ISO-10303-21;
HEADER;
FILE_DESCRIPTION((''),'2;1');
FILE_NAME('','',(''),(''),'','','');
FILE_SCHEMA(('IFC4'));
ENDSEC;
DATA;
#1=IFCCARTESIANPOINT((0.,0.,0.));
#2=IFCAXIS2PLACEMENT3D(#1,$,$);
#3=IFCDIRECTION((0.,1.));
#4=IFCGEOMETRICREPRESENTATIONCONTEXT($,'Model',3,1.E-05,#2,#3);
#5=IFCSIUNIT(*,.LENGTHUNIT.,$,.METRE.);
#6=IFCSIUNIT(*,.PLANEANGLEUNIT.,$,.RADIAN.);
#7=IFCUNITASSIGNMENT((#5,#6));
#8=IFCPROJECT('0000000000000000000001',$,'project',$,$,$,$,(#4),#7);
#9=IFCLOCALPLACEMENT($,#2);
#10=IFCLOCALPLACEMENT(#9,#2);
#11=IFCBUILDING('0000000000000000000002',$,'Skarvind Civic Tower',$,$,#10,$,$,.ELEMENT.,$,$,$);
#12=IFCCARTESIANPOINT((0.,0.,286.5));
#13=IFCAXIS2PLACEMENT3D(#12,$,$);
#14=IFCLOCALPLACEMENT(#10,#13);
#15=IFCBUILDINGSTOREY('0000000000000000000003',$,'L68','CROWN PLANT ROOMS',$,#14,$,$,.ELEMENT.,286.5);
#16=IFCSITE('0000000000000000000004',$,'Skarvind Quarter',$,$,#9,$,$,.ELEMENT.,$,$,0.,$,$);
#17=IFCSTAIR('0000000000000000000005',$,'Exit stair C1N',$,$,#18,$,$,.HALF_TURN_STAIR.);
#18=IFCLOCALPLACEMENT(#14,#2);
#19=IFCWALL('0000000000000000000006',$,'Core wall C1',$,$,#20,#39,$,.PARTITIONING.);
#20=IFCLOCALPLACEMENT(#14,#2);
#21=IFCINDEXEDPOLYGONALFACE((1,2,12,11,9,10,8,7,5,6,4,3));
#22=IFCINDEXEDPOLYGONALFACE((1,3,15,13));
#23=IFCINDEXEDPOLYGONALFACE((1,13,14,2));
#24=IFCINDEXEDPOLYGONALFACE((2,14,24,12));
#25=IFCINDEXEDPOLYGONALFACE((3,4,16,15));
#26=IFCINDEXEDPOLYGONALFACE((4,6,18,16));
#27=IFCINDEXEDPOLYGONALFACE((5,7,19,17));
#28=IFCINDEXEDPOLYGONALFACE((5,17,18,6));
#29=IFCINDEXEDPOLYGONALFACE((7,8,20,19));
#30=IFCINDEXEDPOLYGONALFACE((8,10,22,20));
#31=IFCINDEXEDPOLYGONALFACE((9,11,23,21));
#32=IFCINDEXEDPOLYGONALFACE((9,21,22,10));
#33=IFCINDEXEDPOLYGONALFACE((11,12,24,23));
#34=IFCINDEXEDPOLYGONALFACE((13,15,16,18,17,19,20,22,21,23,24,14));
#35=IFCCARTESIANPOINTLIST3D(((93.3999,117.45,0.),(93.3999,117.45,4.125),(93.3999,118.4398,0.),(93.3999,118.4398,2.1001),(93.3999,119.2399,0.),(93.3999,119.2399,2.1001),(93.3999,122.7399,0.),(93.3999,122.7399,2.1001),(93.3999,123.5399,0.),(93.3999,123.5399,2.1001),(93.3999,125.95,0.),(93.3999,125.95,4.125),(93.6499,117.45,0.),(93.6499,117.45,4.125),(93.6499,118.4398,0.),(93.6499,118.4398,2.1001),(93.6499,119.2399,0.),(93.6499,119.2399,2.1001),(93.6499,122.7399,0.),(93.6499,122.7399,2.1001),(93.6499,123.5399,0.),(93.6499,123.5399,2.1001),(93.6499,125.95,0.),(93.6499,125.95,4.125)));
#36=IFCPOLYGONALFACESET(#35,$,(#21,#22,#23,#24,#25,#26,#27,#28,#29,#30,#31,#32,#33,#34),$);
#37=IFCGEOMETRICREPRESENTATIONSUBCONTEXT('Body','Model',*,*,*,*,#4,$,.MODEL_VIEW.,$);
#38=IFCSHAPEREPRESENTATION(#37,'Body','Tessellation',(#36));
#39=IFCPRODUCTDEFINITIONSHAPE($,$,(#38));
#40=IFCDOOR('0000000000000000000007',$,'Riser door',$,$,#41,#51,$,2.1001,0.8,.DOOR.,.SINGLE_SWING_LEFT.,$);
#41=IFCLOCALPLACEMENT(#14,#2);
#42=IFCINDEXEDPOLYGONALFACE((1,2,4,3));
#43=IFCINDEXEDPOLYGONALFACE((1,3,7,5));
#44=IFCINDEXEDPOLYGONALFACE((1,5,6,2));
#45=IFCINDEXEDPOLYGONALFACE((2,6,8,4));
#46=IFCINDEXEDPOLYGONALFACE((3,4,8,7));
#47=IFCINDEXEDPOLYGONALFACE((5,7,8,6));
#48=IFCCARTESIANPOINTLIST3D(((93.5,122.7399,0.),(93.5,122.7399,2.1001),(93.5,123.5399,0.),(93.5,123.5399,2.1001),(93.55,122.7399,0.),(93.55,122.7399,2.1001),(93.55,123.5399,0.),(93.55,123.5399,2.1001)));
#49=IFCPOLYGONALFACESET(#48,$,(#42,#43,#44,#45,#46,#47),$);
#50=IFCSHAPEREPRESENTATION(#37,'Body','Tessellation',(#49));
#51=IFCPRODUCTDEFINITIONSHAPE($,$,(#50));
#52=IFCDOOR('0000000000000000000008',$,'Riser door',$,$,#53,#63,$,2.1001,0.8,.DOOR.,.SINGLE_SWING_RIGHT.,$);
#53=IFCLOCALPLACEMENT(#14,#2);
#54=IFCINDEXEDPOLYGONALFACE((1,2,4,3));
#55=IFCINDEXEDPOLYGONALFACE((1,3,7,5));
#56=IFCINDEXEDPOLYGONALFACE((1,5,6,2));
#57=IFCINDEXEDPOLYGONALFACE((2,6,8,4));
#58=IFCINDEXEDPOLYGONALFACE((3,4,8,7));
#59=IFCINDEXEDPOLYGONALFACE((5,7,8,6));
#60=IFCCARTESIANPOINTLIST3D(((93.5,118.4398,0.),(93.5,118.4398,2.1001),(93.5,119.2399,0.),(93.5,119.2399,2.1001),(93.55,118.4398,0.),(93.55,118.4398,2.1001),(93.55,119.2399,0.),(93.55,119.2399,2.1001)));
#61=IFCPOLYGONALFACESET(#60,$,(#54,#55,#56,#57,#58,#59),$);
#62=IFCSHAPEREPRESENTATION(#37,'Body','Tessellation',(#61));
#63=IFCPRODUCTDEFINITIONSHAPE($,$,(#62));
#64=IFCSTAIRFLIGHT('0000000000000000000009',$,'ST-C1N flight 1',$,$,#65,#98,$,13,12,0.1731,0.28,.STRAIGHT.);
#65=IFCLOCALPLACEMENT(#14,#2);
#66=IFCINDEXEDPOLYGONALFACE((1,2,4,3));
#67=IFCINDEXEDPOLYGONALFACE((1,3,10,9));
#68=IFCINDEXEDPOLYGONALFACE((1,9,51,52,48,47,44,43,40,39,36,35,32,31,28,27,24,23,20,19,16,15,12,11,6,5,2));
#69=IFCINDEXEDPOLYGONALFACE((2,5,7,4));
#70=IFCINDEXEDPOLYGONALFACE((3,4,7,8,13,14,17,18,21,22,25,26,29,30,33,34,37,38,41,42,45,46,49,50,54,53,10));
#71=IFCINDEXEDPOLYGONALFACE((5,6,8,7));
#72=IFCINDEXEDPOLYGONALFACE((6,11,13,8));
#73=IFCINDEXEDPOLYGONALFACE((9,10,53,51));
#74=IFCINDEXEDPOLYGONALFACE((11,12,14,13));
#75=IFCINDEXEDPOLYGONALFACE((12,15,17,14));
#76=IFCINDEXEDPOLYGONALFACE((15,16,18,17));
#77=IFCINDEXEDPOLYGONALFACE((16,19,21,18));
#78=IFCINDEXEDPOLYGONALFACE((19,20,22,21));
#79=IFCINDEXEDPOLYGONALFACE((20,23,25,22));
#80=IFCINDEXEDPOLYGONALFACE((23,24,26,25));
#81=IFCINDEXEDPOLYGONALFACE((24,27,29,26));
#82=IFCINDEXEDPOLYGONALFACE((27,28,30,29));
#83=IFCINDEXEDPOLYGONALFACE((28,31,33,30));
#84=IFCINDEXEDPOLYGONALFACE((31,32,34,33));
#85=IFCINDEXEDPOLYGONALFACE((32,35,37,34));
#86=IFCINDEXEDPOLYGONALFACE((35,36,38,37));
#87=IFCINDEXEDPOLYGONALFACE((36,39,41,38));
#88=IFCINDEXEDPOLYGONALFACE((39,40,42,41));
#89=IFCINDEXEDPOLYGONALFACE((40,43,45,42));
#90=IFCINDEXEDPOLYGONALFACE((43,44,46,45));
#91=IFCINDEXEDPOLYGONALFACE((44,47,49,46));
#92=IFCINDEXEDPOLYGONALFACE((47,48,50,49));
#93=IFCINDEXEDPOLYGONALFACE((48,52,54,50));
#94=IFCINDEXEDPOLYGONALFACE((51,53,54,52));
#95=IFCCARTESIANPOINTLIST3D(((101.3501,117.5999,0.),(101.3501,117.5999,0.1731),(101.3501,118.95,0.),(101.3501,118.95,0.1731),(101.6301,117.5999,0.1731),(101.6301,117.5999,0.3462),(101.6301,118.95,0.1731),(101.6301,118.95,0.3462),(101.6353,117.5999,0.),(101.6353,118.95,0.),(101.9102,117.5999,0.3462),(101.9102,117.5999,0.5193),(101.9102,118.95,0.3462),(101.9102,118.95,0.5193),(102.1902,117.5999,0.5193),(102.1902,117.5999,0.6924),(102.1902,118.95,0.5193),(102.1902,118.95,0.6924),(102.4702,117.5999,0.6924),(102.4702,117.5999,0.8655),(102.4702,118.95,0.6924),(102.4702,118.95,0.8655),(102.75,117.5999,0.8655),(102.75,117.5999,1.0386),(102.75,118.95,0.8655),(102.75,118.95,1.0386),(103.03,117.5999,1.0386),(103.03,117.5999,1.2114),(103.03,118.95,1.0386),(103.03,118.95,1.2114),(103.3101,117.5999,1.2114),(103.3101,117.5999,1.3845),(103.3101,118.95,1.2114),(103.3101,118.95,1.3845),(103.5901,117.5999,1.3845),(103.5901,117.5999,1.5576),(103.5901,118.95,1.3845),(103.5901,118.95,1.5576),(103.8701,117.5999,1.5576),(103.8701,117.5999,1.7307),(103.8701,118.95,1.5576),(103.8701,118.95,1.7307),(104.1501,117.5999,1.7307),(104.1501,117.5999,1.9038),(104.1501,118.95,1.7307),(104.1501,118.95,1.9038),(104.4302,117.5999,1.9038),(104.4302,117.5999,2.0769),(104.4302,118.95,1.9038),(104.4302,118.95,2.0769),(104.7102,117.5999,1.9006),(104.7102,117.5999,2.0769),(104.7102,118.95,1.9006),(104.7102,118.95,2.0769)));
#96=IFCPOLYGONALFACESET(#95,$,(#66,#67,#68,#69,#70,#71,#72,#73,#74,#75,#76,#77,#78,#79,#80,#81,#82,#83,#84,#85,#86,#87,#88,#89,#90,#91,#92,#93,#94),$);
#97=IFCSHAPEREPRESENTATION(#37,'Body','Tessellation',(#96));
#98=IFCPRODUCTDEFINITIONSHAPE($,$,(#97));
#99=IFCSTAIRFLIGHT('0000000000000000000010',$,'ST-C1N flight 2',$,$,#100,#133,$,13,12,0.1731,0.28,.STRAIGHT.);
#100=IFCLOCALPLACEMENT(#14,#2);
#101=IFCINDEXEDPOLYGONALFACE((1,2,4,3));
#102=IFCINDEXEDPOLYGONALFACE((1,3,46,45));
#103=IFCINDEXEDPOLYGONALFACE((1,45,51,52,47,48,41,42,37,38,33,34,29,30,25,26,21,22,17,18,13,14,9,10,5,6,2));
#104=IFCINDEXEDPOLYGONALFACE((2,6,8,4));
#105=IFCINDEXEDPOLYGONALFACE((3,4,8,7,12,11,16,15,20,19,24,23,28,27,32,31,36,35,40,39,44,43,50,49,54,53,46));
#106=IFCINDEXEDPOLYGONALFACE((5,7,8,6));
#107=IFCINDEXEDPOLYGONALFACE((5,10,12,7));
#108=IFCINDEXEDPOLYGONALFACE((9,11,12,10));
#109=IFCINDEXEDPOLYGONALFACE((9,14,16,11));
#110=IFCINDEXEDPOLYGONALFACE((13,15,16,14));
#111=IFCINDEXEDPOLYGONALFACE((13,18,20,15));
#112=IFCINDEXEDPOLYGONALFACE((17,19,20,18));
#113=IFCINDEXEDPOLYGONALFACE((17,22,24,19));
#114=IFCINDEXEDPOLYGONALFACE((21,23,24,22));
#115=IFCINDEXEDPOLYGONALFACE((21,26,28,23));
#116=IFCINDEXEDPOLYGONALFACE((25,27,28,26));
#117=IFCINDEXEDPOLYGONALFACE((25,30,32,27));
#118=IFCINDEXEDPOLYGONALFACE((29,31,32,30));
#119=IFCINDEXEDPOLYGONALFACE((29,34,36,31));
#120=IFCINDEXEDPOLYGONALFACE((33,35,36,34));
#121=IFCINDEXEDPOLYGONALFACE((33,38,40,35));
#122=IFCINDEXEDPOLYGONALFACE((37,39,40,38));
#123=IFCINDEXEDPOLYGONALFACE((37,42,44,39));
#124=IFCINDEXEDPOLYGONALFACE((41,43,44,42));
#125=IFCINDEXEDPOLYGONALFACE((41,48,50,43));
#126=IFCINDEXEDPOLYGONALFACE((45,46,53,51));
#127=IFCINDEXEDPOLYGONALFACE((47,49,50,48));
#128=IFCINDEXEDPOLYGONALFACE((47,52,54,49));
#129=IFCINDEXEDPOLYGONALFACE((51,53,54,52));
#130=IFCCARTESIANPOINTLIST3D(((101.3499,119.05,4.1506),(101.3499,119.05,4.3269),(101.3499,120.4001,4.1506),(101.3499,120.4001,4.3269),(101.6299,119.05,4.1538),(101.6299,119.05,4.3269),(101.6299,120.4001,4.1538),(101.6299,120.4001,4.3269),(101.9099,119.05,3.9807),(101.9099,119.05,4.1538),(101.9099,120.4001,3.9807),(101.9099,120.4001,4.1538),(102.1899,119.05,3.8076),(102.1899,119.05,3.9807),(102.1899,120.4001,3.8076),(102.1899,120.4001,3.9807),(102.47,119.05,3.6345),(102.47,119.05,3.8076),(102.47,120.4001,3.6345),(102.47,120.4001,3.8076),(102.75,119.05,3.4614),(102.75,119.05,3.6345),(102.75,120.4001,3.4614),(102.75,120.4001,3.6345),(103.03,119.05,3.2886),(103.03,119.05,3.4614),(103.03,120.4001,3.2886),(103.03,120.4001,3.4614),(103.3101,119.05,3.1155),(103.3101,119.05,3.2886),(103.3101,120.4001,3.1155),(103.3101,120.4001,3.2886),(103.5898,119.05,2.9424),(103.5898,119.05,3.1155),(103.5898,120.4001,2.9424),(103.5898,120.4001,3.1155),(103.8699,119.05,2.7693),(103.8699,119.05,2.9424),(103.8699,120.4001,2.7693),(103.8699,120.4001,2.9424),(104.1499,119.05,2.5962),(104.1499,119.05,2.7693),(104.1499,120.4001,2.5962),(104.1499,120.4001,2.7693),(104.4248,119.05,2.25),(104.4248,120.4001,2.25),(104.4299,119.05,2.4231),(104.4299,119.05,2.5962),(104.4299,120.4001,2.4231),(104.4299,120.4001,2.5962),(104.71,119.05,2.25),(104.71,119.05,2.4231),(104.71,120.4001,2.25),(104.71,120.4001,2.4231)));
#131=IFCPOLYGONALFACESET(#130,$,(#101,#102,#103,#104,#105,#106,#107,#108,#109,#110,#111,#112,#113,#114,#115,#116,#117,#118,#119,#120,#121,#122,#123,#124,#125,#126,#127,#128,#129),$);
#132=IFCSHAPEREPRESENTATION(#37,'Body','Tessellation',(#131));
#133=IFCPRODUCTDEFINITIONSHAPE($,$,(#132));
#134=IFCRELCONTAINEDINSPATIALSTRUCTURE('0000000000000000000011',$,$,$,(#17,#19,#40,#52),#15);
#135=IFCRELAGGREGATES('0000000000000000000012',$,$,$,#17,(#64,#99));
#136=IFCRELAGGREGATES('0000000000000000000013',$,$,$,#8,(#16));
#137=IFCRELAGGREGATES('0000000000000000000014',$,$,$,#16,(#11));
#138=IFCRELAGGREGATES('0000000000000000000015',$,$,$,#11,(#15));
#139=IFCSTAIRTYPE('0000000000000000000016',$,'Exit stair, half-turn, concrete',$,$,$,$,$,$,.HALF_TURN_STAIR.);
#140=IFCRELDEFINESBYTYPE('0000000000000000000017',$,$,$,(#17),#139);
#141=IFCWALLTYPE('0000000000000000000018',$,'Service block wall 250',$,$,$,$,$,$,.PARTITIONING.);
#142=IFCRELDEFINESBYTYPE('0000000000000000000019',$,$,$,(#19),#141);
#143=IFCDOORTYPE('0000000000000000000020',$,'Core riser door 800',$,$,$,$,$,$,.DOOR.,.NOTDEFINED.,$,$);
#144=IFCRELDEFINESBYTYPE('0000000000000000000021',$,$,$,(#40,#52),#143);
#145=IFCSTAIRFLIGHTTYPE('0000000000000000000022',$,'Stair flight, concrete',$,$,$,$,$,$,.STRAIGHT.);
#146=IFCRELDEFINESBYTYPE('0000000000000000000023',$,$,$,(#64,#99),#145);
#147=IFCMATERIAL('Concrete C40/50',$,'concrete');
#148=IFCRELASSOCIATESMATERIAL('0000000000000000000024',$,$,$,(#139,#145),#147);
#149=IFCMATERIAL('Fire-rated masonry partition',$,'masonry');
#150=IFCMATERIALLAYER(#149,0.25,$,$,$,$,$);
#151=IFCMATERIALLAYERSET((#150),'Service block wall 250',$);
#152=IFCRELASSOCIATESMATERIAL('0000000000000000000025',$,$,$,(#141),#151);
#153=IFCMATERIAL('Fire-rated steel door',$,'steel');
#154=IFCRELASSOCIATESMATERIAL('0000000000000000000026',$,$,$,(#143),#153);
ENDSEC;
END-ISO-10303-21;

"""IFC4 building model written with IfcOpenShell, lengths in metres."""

from ifc_helpers import new_model, si_unit, direction, frame, frame_2d, origin, place, context, subcontext, project, spatial, polyline, rectangle, outline, extrude, material, layer, layer_set, type_object, element, fill, aggregate, save


model = new_model("IFC4")

# Units and contexts
model_context = context("Model", 3, precision=1e-05, world=origin(), true_north=direction((0.0, 1.0)))
body_context = subcontext(model_context, "Body", "Model", "MODEL_VIEW")
ifc_project = project(units=[si_unit("LENGTHUNIT", "METRE"), si_unit("PLANEANGLEUNIT", "RADIAN")], contexts=[model_context])

# Site, building, storey
site_placement = place(None, origin())
site = spatial("IfcSite", under=ifc_project, at=site_placement, Name="Skarvind Quarter", CompositionType="ELEMENT", RefElevation=0.0)
building_placement = place(site_placement, origin())
building = spatial("IfcBuilding", under=site, at=building_placement, Name="Skarvind Civic Tower", CompositionType="ELEMENT")
storey_placement = place(building_placement, frame((0.0, 0.0, 286.5)))
storey = spatial("IfcBuildingStorey", under=building, at=storey_placement, Name="L68", Description="CROWN PLANT ROOMS", CompositionType="ELEMENT", Elevation=286.5)

# Shared definitions
ifc_material_1 = material(Name="Concrete C40/50", Category="concrete")

# Stair
stair_type_1 = type_object("IfcStairType", Name="Exit stair, half-turn, concrete", PredefinedType="HALF_TURN_STAIR", material=ifc_material_1)
stair_1_placement = place(storey_placement, origin())
stair_1 = element("IfcStair", 1, at=stair_1_placement, inside=storey, type_object=stair_type_1, Name="Exit stair C1N", PredefinedType="HALF_TURN_STAIR")

# Shared definitions
ifc_material_2 = material(Name="Fire-rated masonry partition", Category="masonry")
ifc_material_3 = material(Name="Fire-rated steel door", Category="steel")

# Wall, openings, doors
ifc_layer_1 = layer(ifc_material_2, 0.25)
ifc_layer_set_1 = layer_set([ifc_layer_1], Name="Service block wall 250")
wall_type_1 = type_object("IfcWallType", Name="Service block wall 250", PredefinedType="PARTITIONING", material=ifc_layer_set_1)
wall_1_placement = place(storey_placement, frame((93.5249, 117.45, 0.0), z_axis=(0.0, 0.0, 1.0), x_axis=(0.0, 1.0, 0.0)))
wall_1 = element("IfcWall", 2, at=wall_1_placement, inside=storey, type_object=wall_type_1, Name="Core wall C1", PredefinedType="PARTITIONING", context=body_context, shape_type="SweptSolid", body=[
    extrude(rectangle(XDim=8.5, YDim=0.25, at=frame_2d((4.25, 0.0))), origin(), (0.0, 0.0, 1.0), 4.125),
])
opening_1_placement = place(wall_1_placement, frame((5.29, 0.0, 0.0)))
opening_1 = element("IfcOpeningElement", 3, at=opening_1_placement, cuts=wall_1, PredefinedType="OPENING", context=body_context, shape_type="SweptSolid", body=[
    extrude(rectangle(XDim=0.8, YDim=2.1001, at=frame_2d((0.3999, 1.05))), frame((0.0, 0.135, 0.0), z_axis=(0.0, -1.0, 0.0), x_axis=(1.0, 0.0, 0.0)), (0.0, 0.0, 1.0), 0.27),
])
opening_2_placement = place(wall_1_placement, frame((0.99, 0.0, 0.0)))
opening_2 = element("IfcOpeningElement", 4, at=opening_2_placement, cuts=wall_1, PredefinedType="OPENING", context=body_context, shape_type="SweptSolid", body=[
    extrude(rectangle(XDim=0.8, YDim=2.1001, at=frame_2d((0.3999, 1.05))), frame((0.0, 0.135, 0.0), z_axis=(0.0, -1.0, 0.0), x_axis=(1.0, 0.0, 0.0)), (0.0, 0.0, 1.0), 0.27),
])
door_type_1 = type_object("IfcDoorType", Name="Core riser door 800", OperationType="NOTDEFINED", PredefinedType="DOOR", material=ifc_material_3)
door_1_placement = place(opening_1_placement, origin())
door_1 = element("IfcDoor", 5, at=door_1_placement, inside=storey, type_object=door_type_1, Name="Riser door", OperationType="SINGLE_SWING_LEFT", OverallHeight=2.1001, OverallWidth=0.8, PredefinedType="DOOR", context=body_context, shape_type="SweptSolid", body=[
    extrude(rectangle(XDim=0.8, YDim=2.1001, at=frame_2d((0.3999, 1.05))), frame((0.0, 0.0249, 0.0), z_axis=(0.0, -1.0, 0.0), x_axis=(1.0, 0.0, 0.0)), (0.0, 0.0, 1.0), 0.05),
])
fill(opening_1, door_1)
door_2_placement = place(opening_2_placement, origin())
door_2 = element("IfcDoor", 6, at=door_2_placement, inside=storey, type_object=door_type_1, Name="Riser door", OperationType="SINGLE_SWING_RIGHT", OverallHeight=2.1001, OverallWidth=0.8, PredefinedType="DOOR", context=body_context, shape_type="SweptSolid", body=[
    extrude(rectangle(XDim=0.8, YDim=2.1001, at=frame_2d((0.3999, 1.05))), frame((0.0, 0.0249, 0.0), z_axis=(0.0, -1.0, 0.0), x_axis=(1.0, 0.0, 0.0)), (0.0, 0.0, 1.0), 0.05),
])
fill(opening_2, door_2)

# Stair flights
stair_flight_type = type_object("IfcStairFlightType", Name="Stair flight, concrete", PredefinedType="STRAIGHT", material=ifc_material_1)
stair_flight_1_placement = place(storey_placement, frame((101.3501, 118.2749, 0.0), z_axis=(0.0, 0.0, 1.0), x_axis=(1.0, 0.0, 0.0)))
stair_flight_1 = element("IfcStairFlight", 7, at=stair_flight_1_placement, type_object=stair_flight_type, Name="ST-C1N flight 1", NumberOfRisers=13, NumberOfTreads=12, PredefinedType="STRAIGHT", RiserHeight=0.1731, TreadLength=0.28, context=body_context, shape_type="SweptSolid", body=[
    extrude(outline(polyline([(0.0, 0.0), (0.0, 0.1731), (0.28, 0.1731), (0.28, 0.3462), (0.5601, 0.3462), (0.5601, 0.5193), (0.8401, 0.5193), (0.8401, 0.6924), (1.1201, 0.6924), (1.1201, 0.8655), (1.3999, 0.8655), (1.3999, 1.0386), (1.6799, 1.0386), (1.6799, 1.2114), (1.96, 1.2114), (1.96, 1.3845), (2.24, 1.3845), (2.24, 1.5576), (2.52, 1.5576), (2.52, 1.7307), (2.8, 1.7307), (2.8, 1.9038), (3.0801, 1.9038), (3.0801, 2.0769), (3.3601, 2.0769), (3.3601, 2.25), (3.3601, 1.9006), (0.2852, 0.0), (0.0, 0.0)])), frame((0.0, 0.675, 0.0), z_axis=(0.0, -1.0, 0.0), x_axis=(1.0, 0.0, 0.0)), (0.0, 0.0, 1.0), 1.3501),
])
stair_flight_2_placement = place(storey_placement, frame((104.71, 119.7251, 2.25), z_axis=(0.0, 0.0, 1.0), x_axis=(-1.0, 0.0, 0.0)))
stair_flight_2 = element("IfcStairFlight", 8, at=stair_flight_2_placement, type_object=stair_flight_type, Name="ST-C1N flight 2", NumberOfRisers=13, NumberOfTreads=12, PredefinedType="STRAIGHT", RiserHeight=0.1731, TreadLength=0.28, context=body_context, shape_type="SweptSolid", body=[
    extrude(outline(polyline([(0.0, 0.0), (0.0, 0.1731), (0.28, 0.1731), (0.28, 0.3462), (0.5601, 0.3462), (0.5601, 0.5193), (0.8401, 0.5193), (0.8401, 0.6924), (1.1201, 0.6924), (1.1201, 0.8655), (1.3999, 0.8655), (1.3999, 1.0386), (1.6799, 1.0386), (1.6799, 1.2114), (1.96, 1.2114), (1.96, 1.3845), (2.24, 1.3845), (2.24, 1.5576), (2.52, 1.5576), (2.52, 1.7307), (2.8, 1.7307), (2.8, 1.9038), (3.0801, 1.9038), (3.0801, 2.0769), (3.3601, 2.0769), (3.3601, 2.25), (3.3601, 1.9006), (0.2852, 0.0), (0.0, 0.0)])), frame((0.0, 0.675, 0.0), z_axis=(0.0, -1.0, 0.0), x_axis=(1.0, 0.0, 0.0)), (0.0, 0.0, 1.0), 1.3501),
])
aggregate(stair_1, [stair_flight_1, stair_flight_2])

save(model, "model.ifc")
